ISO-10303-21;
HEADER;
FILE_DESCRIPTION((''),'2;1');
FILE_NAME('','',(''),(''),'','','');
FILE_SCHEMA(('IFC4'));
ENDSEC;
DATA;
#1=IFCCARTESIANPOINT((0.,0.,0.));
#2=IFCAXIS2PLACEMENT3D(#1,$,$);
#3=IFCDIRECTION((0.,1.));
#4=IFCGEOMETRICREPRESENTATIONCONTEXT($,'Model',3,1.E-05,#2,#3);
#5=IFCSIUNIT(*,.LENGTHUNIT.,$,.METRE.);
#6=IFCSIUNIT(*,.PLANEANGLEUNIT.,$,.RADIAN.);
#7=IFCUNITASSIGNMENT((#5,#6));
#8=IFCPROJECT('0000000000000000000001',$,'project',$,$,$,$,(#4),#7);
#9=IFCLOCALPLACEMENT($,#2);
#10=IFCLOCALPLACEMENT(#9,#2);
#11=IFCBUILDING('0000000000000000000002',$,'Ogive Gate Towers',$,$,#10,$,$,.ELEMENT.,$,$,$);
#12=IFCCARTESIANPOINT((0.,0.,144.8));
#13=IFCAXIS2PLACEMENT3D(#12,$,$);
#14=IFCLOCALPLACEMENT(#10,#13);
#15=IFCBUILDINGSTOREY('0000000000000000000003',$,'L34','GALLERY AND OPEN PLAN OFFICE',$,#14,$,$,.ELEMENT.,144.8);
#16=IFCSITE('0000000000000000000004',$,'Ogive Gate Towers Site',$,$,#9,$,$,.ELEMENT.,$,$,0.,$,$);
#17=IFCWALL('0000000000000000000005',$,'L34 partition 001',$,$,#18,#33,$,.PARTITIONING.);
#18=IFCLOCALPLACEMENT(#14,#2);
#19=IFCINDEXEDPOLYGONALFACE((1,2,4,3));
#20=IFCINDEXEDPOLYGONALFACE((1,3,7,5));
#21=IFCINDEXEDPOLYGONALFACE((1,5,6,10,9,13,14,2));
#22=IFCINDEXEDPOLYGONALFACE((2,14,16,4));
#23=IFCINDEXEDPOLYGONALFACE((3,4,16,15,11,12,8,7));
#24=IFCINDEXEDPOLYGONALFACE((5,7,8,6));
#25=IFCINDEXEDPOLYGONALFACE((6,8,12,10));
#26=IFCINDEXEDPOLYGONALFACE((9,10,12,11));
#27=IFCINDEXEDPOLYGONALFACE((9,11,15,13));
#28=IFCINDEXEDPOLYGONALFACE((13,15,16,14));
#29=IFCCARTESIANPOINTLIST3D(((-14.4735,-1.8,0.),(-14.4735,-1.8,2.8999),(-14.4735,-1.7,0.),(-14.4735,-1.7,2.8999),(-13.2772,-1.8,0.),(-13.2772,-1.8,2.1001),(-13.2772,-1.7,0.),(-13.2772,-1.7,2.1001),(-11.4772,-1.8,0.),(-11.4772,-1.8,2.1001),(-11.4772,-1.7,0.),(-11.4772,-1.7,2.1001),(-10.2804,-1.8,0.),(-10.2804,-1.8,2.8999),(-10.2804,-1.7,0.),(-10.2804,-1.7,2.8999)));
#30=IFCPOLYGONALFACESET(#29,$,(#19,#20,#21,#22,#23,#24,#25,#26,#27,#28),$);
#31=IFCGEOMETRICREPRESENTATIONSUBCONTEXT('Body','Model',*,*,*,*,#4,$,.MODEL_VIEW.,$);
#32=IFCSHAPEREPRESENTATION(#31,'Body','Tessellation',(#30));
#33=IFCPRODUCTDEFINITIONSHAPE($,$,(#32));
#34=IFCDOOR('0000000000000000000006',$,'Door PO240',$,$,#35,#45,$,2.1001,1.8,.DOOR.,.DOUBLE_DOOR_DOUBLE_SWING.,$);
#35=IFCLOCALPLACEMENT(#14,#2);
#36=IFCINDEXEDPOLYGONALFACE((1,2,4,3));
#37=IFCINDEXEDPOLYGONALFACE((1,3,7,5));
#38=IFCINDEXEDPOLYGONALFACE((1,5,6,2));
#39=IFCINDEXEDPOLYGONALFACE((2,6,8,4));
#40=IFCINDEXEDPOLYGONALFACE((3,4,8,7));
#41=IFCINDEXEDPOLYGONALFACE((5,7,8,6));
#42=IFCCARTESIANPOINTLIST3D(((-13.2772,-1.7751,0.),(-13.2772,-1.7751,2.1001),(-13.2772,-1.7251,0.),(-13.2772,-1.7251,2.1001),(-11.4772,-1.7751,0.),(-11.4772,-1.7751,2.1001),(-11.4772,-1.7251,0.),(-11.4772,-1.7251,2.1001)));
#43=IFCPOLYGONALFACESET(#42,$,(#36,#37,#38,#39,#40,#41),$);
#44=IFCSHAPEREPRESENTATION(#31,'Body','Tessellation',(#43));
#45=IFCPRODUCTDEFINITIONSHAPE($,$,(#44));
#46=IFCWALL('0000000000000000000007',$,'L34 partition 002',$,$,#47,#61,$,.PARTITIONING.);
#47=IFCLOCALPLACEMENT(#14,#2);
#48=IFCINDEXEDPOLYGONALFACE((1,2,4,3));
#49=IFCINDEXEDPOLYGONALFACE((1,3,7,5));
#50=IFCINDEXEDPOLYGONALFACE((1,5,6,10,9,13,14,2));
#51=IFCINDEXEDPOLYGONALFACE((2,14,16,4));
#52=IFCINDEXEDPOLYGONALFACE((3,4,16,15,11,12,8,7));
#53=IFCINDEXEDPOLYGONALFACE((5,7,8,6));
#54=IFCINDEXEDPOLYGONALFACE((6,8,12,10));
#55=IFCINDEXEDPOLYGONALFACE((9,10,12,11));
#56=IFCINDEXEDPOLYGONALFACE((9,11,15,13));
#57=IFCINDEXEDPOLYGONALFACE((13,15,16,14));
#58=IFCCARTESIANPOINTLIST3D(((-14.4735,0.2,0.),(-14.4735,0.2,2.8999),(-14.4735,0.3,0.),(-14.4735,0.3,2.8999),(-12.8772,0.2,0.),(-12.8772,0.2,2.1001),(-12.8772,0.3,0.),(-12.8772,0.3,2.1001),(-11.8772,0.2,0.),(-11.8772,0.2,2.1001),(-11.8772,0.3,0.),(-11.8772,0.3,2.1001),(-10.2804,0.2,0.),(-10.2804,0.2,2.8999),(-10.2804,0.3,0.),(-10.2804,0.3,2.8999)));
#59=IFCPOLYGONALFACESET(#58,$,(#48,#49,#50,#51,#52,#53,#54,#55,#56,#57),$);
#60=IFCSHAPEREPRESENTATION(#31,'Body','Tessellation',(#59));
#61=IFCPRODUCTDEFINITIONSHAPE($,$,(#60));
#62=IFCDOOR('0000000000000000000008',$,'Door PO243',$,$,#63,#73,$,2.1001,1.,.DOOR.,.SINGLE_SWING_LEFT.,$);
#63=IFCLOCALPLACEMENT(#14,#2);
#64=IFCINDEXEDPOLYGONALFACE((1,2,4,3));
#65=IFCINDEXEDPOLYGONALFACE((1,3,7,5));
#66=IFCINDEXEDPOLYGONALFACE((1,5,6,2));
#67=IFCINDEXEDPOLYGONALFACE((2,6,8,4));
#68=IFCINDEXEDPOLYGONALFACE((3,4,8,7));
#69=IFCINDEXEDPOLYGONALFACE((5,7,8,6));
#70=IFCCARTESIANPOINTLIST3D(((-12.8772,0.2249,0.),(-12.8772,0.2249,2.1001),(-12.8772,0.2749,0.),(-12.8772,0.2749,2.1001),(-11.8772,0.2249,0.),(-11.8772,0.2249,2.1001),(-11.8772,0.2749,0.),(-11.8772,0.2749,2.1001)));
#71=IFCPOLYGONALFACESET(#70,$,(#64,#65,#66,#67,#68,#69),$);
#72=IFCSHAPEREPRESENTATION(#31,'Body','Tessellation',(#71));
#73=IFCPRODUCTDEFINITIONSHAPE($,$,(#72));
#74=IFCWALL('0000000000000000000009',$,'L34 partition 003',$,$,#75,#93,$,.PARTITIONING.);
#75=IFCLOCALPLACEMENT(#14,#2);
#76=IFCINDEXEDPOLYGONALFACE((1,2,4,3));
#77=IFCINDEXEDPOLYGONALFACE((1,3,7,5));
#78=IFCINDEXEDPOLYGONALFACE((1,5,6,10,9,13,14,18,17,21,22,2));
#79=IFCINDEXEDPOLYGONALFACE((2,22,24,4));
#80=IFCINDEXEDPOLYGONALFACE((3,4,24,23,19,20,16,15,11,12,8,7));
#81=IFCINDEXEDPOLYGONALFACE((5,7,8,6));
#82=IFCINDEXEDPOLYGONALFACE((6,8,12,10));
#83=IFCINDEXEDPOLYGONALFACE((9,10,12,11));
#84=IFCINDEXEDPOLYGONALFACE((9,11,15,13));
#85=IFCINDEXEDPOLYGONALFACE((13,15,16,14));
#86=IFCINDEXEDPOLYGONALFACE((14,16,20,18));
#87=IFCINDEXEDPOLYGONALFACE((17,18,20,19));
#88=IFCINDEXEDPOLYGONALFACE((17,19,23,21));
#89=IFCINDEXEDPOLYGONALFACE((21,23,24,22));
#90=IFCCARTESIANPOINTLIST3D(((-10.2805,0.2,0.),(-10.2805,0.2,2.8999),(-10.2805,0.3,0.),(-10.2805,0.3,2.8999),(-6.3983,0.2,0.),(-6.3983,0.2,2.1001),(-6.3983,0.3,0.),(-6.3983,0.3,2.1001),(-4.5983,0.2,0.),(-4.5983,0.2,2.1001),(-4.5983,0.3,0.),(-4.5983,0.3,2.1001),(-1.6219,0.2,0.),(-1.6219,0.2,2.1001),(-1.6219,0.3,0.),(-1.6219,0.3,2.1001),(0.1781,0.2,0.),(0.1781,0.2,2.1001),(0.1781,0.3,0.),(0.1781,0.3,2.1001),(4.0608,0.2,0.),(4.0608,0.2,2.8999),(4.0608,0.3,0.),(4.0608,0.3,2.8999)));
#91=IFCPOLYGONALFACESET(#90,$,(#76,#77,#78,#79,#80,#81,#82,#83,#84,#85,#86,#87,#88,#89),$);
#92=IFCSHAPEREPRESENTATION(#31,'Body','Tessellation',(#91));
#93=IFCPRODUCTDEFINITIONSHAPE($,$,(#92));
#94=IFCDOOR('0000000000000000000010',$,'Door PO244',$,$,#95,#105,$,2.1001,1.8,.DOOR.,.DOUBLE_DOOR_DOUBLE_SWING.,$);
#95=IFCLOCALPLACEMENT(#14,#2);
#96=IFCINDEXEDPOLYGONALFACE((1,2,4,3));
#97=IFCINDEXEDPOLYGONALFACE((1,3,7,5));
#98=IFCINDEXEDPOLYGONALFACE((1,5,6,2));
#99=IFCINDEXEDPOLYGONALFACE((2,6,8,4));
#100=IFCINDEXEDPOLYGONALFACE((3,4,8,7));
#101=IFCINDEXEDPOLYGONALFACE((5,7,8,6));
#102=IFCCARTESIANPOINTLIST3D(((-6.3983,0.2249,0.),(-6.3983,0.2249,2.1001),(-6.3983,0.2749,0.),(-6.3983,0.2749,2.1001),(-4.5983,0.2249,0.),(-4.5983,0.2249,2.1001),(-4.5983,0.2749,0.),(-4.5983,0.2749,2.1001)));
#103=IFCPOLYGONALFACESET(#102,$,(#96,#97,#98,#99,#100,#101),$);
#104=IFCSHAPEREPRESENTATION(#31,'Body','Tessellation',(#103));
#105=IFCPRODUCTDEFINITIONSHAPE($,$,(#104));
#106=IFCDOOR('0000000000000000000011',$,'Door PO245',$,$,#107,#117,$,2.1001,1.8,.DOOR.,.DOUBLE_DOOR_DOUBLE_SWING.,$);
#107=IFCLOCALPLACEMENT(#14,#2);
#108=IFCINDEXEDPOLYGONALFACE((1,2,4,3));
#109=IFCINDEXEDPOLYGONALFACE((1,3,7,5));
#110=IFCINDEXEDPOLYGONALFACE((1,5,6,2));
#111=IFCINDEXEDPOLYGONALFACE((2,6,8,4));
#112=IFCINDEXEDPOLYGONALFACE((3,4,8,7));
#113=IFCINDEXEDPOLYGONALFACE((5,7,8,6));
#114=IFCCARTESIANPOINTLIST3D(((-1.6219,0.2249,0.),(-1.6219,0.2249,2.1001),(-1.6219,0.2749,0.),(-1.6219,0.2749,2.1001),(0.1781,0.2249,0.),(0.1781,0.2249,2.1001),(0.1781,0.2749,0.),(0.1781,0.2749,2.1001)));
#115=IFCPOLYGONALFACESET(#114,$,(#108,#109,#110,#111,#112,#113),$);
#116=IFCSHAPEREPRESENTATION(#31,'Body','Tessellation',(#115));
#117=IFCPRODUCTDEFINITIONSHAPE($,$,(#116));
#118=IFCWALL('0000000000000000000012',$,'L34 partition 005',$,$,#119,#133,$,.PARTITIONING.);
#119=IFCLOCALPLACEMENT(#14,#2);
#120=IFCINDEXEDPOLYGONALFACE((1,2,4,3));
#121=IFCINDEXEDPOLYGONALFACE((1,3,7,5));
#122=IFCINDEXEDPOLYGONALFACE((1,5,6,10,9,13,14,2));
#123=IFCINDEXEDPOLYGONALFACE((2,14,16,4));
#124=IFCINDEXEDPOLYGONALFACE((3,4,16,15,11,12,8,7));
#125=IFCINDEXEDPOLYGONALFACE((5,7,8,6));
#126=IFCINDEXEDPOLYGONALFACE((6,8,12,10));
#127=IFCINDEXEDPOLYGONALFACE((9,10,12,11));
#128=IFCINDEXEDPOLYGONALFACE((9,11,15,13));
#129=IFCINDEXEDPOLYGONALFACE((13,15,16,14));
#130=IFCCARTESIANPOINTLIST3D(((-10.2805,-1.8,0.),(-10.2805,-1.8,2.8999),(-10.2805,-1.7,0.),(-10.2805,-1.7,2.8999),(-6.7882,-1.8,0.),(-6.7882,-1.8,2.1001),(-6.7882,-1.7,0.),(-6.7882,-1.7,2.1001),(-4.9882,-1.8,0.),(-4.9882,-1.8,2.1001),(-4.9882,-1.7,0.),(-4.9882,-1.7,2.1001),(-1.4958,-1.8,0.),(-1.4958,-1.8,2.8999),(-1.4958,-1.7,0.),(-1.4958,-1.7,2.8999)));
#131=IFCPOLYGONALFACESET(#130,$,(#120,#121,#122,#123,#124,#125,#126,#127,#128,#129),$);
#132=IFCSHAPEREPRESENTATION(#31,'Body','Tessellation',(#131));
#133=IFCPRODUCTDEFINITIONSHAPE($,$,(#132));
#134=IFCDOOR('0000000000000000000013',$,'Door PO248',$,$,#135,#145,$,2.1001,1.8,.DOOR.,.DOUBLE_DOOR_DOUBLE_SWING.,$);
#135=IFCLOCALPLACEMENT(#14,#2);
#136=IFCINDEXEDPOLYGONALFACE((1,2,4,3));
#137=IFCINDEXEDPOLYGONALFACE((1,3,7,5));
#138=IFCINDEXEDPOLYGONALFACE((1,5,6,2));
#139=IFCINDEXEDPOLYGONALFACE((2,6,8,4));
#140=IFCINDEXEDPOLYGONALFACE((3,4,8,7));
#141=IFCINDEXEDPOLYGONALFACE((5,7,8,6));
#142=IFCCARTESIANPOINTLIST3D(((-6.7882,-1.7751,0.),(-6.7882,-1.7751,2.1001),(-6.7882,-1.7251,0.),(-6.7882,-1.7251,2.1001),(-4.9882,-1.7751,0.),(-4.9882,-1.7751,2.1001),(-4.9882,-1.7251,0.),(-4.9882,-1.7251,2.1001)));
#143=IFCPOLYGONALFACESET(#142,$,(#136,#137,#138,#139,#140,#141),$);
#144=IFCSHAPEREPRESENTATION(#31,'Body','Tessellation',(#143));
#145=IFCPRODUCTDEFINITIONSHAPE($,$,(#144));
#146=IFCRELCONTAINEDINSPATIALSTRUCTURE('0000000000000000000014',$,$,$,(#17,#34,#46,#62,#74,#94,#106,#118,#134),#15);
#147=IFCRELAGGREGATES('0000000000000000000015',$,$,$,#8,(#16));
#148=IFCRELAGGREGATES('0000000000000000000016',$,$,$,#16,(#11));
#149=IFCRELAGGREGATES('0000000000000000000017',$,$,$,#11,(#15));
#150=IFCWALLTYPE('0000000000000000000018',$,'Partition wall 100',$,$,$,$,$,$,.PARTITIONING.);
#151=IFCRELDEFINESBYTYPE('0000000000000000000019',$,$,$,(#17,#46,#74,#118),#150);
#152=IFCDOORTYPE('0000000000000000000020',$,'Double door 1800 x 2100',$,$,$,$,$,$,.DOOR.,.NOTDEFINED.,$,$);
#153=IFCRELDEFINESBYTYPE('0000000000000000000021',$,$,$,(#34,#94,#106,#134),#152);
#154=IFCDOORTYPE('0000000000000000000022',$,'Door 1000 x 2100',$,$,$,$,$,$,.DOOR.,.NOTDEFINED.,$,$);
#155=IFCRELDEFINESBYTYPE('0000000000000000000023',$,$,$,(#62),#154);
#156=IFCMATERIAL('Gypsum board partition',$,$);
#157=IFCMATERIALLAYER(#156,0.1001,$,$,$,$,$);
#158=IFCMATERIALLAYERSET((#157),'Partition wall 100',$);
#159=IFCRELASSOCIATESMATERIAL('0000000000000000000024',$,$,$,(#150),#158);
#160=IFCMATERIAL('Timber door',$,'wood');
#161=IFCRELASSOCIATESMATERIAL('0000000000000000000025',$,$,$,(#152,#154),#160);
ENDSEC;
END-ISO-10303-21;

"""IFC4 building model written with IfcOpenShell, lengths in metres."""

from ifc_helpers import new_model, si_unit, direction, frame, frame_2d, origin, place, context, subcontext, project, spatial, rectangle, extrude, material, layer, layer_set, type_object, element, fill, save


model = new_model("IFC4")

# Units and contexts
model_context = context("Model", 3, precision=1e-05, world=origin(), true_north=direction((0.0, 1.0)))
body_context = subcontext(model_context, "Body", "Model", "MODEL_VIEW")
ifc_project = project(units=[si_unit("LENGTHUNIT", "METRE"), si_unit("PLANEANGLEUNIT", "RADIAN")], contexts=[model_context])

# Site, building, storey
site_placement = place(None, origin())
site = spatial("IfcSite", under=ifc_project, at=site_placement, Name="Ogive Gate Towers Site", CompositionType="ELEMENT", RefElevation=0.0)
building_placement = place(site_placement, origin())
building = spatial("IfcBuilding", under=site, at=building_placement, Name="Ogive Gate Towers", CompositionType="ELEMENT")
storey_placement = place(building_placement, frame((0.0, 0.0, 144.8)))
storey = spatial("IfcBuildingStorey", under=building, at=storey_placement, Name="L34", Description="GALLERY AND OPEN PLAN OFFICE", CompositionType="ELEMENT", Elevation=144.8)

# Shared definitions
ifc_material_1 = material(Name="Gypsum board partition")

# Walls, openings, doors
ifc_layer_1 = layer(ifc_material_1, 0.1001)
ifc_layer_set_1 = layer_set([ifc_layer_1], Name="Partition wall 100")
wall_type_1 = type_object("IfcWallType", Name="Partition wall 100", PredefinedType="PARTITIONING", material=ifc_layer_set_1)
wall_1_placement = place(storey_placement, frame((-14.4736, -1.75, 0.0), z_axis=(0.0, 0.0, 1.0), x_axis=(1.0, 0.0, 0.0)))
wall_1 = element("IfcWall", 1, at=wall_1_placement, inside=storey, type_object=wall_type_1, Name="L34 partition 001", PredefinedType="PARTITIONING", context=body_context, shape_type="SweptSolid", body=[
    extrude(rectangle(XDim=4.1931, YDim=0.1001, at=frame_2d((2.0967, 0.0))), origin(), (0.0, 0.0, 1.0), 2.8999),
])
opening_1_placement = place(wall_1_placement, frame((1.1965, 0.0, 0.0)))
opening_1 = element("IfcOpeningElement", 2, at=opening_1_placement, cuts=wall_1, PredefinedType="OPENING", context=body_context, shape_type="SweptSolid", body=[
    extrude(rectangle(XDim=1.8, YDim=2.1001, at=frame_2d((0.8999, 1.05))), frame((0.0, 0.0601, 0.0), z_axis=(0.0, -1.0, 0.0), x_axis=(1.0, 0.0, 0.0)), (0.0, 0.0, 1.0), 0.1201),
])
ifc_material_2 = material(Name="Timber door", Category="wood")
door_type_1 = type_object("IfcDoorType", Name="Double door 1800 x 2100", OperationType="NOTDEFINED", PredefinedType="DOOR", material=ifc_material_2)
door_1_placement = place(opening_1_placement, origin())
door_1 = element("IfcDoor", 3, at=door_1_placement, inside=storey, type_object=door_type_1, Name="Door PO240", OperationType="DOUBLE_DOOR_DOUBLE_SWING", OverallHeight=2.1001, OverallWidth=1.8, PredefinedType="DOOR", context=body_context, shape_type="SweptSolid", body=[
    extrude(rectangle(XDim=1.8, YDim=2.1001, at=frame_2d((0.8999, 1.05))), frame((0.0, 0.0249, 0.0), z_axis=(0.0, -1.0, 0.0), x_axis=(1.0, 0.0, 0.0)), (0.0, 0.0, 1.0), 0.05),
])
fill(opening_1, door_1)
wall_2_placement = place(storey_placement, frame((-14.4736, 0.25, 0.0), z_axis=(0.0, 0.0, 1.0), x_axis=(1.0, 0.0, 0.0)))
wall_2 = element("IfcWall", 4, at=wall_2_placement, inside=storey, type_object=wall_type_1, Name="L34 partition 002", PredefinedType="PARTITIONING", context=body_context, shape_type="SweptSolid", body=[
    extrude(rectangle(XDim=4.1931, YDim=0.1001, at=frame_2d((2.0967, 0.0))), origin(), (0.0, 0.0, 1.0), 2.8999),
])
opening_2_placement = place(wall_2_placement, frame((1.5964, 0.0, 0.0)))
opening_2 = element("IfcOpeningElement", 5, at=opening_2_placement, cuts=wall_2, PredefinedType="OPENING", context=body_context, shape_type="SweptSolid", body=[
    extrude(rectangle(XDim=1.0, YDim=2.1001, at=frame_2d((0.5, 1.05))), frame((0.0, 0.0601, 0.0), z_axis=(0.0, -1.0, 0.0), x_axis=(1.0, 0.0, 0.0)), (0.0, 0.0, 1.0), 0.1201),
])
door_type_2 = type_object("IfcDoorType", Name="Door 1000 x 2100", OperationType="NOTDEFINED", PredefinedType="DOOR", material=ifc_material_2)
door_2_placement = place(opening_2_placement, origin())
door_2 = element("IfcDoor", 6, at=door_2_placement, inside=storey, type_object=door_type_2, Name="Door PO243", OperationType="SINGLE_SWING_LEFT", OverallHeight=2.1001, OverallWidth=1.0, PredefinedType="DOOR", context=body_context, shape_type="SweptSolid", body=[
    extrude(rectangle(XDim=1.0, YDim=2.1001, at=frame_2d((0.5, 1.05))), frame((0.0, 0.0249, 0.0), z_axis=(0.0, -1.0, 0.0), x_axis=(1.0, 0.0, 0.0)), (0.0, 0.0, 1.0), 0.05),
])
fill(opening_2, door_2)

# Wall, openings, doors
wall_3_placement = place(storey_placement, frame((-10.2805, 0.25, 0.0), z_axis=(0.0, 0.0, 1.0), x_axis=(1.0, 0.0, 0.0)))
wall_3 = element("IfcWall", 7, at=wall_3_placement, inside=storey, type_object=wall_type_1, Name="L34 partition 003", PredefinedType="PARTITIONING", context=body_context, shape_type="SweptSolid", body=[
    extrude(rectangle(XDim=14.3413, YDim=0.1001, at=frame_2d((7.1707, 0.0))), origin(), (0.0, 0.0, 1.0), 2.8999),
])
opening_3_placement = place(wall_3_placement, frame((3.8823, 0.0, 0.0)))
opening_3 = element("IfcOpeningElement", 8, at=opening_3_placement, cuts=wall_3, PredefinedType="OPENING", context=body_context, shape_type="SweptSolid", body=[
    extrude(rectangle(XDim=1.8, YDim=2.1001, at=frame_2d((0.8999, 1.05))), frame((0.0, 0.0601, 0.0), z_axis=(0.0, -1.0, 0.0), x_axis=(1.0, 0.0, 0.0)), (0.0, 0.0, 1.0), 0.1201),
])
opening_4_placement = place(wall_3_placement, frame((8.6587, 0.0, 0.0)))
opening_4 = element("IfcOpeningElement", 9, at=opening_4_placement, cuts=wall_3, PredefinedType="OPENING", context=body_context, shape_type="SweptSolid", body=[
    extrude(rectangle(XDim=1.8, YDim=2.1001, at=frame_2d((0.8999, 1.05))), frame((0.0, 0.0601, 0.0), z_axis=(0.0, -1.0, 0.0), x_axis=(1.0, 0.0, 0.0)), (0.0, 0.0, 1.0), 0.1201),
])
door_3_placement = place(opening_3_placement, origin())
door_3 = element("IfcDoor", 10, at=door_3_placement, inside=storey, type_object=door_type_1, Name="Door PO244", OperationType="DOUBLE_DOOR_DOUBLE_SWING", OverallHeight=2.1001, OverallWidth=1.8, PredefinedType="DOOR", context=body_context, shape_type="SweptSolid", body=[
    extrude(rectangle(XDim=1.8, YDim=2.1001, at=frame_2d((0.8999, 1.05))), frame((0.0, 0.0249, 0.0), z_axis=(0.0, -1.0, 0.0), x_axis=(1.0, 0.0, 0.0)), (0.0, 0.0, 1.0), 0.05),
])
fill(opening_3, door_3)
door_4_placement = place(opening_4_placement, origin())
door_4 = element("IfcDoor", 11, at=door_4_placement, inside=storey, type_object=door_type_1, Name="Door PO245", OperationType="DOUBLE_DOOR_DOUBLE_SWING", OverallHeight=2.1001, OverallWidth=1.8, PredefinedType="DOOR", context=body_context, shape_type="SweptSolid", body=[
    extrude(rectangle(XDim=1.8, YDim=2.1001, at=frame_2d((0.8999, 1.05))), frame((0.0, 0.0249, 0.0), z_axis=(0.0, -1.0, 0.0), x_axis=(1.0, 0.0, 0.0)), (0.0, 0.0, 1.0), 0.05),
])
fill(opening_4, door_4)

# Wall, opening, door
wall_4_placement = place(storey_placement, frame((-10.2805, -1.75, 0.0), z_axis=(0.0, 0.0, 1.0), x_axis=(1.0, 0.0, 0.0)))
wall_4 = element("IfcWall", 12, at=wall_4_placement, inside=storey, type_object=wall_type_1, Name="L34 partition 005", PredefinedType="PARTITIONING", context=body_context, shape_type="SweptSolid", body=[
    extrude(rectangle(XDim=8.7847, YDim=0.1001, at=frame_2d((4.3923, 0.0))), origin(), (0.0, 0.0, 1.0), 2.8999),
])
opening_5_placement = place(wall_4_placement, frame((3.4924, 0.0, 0.0)))
opening_5 = element("IfcOpeningElement", 13, at=opening_5_placement, cuts=wall_4, PredefinedType="OPENING", context=body_context, shape_type="SweptSolid", body=[
    extrude(rectangle(XDim=1.8, YDim=2.1001, at=frame_2d((0.8999, 1.05))), frame((0.0, 0.0601, 0.0), z_axis=(0.0, -1.0, 0.0), x_axis=(1.0, 0.0, 0.0)), (0.0, 0.0, 1.0), 0.1201),
])
door_5_placement = place(opening_5_placement, origin())
door_5 = element("IfcDoor", 14, at=door_5_placement, inside=storey, type_object=door_type_1, Name="Door PO248", OperationType="DOUBLE_DOOR_DOUBLE_SWING", OverallHeight=2.1001, OverallWidth=1.8, PredefinedType="DOOR", context=body_context, shape_type="SweptSolid", body=[
    extrude(rectangle(XDim=1.8, YDim=2.1001, at=frame_2d((0.8999, 1.05))), frame((0.0, 0.0249, 0.0), z_axis=(0.0, -1.0, 0.0), x_axis=(1.0, 0.0, 0.0)), (0.0, 0.0, 1.0), 0.05),
])
fill(opening_5, door_5)

save(model, "model.ifc")
